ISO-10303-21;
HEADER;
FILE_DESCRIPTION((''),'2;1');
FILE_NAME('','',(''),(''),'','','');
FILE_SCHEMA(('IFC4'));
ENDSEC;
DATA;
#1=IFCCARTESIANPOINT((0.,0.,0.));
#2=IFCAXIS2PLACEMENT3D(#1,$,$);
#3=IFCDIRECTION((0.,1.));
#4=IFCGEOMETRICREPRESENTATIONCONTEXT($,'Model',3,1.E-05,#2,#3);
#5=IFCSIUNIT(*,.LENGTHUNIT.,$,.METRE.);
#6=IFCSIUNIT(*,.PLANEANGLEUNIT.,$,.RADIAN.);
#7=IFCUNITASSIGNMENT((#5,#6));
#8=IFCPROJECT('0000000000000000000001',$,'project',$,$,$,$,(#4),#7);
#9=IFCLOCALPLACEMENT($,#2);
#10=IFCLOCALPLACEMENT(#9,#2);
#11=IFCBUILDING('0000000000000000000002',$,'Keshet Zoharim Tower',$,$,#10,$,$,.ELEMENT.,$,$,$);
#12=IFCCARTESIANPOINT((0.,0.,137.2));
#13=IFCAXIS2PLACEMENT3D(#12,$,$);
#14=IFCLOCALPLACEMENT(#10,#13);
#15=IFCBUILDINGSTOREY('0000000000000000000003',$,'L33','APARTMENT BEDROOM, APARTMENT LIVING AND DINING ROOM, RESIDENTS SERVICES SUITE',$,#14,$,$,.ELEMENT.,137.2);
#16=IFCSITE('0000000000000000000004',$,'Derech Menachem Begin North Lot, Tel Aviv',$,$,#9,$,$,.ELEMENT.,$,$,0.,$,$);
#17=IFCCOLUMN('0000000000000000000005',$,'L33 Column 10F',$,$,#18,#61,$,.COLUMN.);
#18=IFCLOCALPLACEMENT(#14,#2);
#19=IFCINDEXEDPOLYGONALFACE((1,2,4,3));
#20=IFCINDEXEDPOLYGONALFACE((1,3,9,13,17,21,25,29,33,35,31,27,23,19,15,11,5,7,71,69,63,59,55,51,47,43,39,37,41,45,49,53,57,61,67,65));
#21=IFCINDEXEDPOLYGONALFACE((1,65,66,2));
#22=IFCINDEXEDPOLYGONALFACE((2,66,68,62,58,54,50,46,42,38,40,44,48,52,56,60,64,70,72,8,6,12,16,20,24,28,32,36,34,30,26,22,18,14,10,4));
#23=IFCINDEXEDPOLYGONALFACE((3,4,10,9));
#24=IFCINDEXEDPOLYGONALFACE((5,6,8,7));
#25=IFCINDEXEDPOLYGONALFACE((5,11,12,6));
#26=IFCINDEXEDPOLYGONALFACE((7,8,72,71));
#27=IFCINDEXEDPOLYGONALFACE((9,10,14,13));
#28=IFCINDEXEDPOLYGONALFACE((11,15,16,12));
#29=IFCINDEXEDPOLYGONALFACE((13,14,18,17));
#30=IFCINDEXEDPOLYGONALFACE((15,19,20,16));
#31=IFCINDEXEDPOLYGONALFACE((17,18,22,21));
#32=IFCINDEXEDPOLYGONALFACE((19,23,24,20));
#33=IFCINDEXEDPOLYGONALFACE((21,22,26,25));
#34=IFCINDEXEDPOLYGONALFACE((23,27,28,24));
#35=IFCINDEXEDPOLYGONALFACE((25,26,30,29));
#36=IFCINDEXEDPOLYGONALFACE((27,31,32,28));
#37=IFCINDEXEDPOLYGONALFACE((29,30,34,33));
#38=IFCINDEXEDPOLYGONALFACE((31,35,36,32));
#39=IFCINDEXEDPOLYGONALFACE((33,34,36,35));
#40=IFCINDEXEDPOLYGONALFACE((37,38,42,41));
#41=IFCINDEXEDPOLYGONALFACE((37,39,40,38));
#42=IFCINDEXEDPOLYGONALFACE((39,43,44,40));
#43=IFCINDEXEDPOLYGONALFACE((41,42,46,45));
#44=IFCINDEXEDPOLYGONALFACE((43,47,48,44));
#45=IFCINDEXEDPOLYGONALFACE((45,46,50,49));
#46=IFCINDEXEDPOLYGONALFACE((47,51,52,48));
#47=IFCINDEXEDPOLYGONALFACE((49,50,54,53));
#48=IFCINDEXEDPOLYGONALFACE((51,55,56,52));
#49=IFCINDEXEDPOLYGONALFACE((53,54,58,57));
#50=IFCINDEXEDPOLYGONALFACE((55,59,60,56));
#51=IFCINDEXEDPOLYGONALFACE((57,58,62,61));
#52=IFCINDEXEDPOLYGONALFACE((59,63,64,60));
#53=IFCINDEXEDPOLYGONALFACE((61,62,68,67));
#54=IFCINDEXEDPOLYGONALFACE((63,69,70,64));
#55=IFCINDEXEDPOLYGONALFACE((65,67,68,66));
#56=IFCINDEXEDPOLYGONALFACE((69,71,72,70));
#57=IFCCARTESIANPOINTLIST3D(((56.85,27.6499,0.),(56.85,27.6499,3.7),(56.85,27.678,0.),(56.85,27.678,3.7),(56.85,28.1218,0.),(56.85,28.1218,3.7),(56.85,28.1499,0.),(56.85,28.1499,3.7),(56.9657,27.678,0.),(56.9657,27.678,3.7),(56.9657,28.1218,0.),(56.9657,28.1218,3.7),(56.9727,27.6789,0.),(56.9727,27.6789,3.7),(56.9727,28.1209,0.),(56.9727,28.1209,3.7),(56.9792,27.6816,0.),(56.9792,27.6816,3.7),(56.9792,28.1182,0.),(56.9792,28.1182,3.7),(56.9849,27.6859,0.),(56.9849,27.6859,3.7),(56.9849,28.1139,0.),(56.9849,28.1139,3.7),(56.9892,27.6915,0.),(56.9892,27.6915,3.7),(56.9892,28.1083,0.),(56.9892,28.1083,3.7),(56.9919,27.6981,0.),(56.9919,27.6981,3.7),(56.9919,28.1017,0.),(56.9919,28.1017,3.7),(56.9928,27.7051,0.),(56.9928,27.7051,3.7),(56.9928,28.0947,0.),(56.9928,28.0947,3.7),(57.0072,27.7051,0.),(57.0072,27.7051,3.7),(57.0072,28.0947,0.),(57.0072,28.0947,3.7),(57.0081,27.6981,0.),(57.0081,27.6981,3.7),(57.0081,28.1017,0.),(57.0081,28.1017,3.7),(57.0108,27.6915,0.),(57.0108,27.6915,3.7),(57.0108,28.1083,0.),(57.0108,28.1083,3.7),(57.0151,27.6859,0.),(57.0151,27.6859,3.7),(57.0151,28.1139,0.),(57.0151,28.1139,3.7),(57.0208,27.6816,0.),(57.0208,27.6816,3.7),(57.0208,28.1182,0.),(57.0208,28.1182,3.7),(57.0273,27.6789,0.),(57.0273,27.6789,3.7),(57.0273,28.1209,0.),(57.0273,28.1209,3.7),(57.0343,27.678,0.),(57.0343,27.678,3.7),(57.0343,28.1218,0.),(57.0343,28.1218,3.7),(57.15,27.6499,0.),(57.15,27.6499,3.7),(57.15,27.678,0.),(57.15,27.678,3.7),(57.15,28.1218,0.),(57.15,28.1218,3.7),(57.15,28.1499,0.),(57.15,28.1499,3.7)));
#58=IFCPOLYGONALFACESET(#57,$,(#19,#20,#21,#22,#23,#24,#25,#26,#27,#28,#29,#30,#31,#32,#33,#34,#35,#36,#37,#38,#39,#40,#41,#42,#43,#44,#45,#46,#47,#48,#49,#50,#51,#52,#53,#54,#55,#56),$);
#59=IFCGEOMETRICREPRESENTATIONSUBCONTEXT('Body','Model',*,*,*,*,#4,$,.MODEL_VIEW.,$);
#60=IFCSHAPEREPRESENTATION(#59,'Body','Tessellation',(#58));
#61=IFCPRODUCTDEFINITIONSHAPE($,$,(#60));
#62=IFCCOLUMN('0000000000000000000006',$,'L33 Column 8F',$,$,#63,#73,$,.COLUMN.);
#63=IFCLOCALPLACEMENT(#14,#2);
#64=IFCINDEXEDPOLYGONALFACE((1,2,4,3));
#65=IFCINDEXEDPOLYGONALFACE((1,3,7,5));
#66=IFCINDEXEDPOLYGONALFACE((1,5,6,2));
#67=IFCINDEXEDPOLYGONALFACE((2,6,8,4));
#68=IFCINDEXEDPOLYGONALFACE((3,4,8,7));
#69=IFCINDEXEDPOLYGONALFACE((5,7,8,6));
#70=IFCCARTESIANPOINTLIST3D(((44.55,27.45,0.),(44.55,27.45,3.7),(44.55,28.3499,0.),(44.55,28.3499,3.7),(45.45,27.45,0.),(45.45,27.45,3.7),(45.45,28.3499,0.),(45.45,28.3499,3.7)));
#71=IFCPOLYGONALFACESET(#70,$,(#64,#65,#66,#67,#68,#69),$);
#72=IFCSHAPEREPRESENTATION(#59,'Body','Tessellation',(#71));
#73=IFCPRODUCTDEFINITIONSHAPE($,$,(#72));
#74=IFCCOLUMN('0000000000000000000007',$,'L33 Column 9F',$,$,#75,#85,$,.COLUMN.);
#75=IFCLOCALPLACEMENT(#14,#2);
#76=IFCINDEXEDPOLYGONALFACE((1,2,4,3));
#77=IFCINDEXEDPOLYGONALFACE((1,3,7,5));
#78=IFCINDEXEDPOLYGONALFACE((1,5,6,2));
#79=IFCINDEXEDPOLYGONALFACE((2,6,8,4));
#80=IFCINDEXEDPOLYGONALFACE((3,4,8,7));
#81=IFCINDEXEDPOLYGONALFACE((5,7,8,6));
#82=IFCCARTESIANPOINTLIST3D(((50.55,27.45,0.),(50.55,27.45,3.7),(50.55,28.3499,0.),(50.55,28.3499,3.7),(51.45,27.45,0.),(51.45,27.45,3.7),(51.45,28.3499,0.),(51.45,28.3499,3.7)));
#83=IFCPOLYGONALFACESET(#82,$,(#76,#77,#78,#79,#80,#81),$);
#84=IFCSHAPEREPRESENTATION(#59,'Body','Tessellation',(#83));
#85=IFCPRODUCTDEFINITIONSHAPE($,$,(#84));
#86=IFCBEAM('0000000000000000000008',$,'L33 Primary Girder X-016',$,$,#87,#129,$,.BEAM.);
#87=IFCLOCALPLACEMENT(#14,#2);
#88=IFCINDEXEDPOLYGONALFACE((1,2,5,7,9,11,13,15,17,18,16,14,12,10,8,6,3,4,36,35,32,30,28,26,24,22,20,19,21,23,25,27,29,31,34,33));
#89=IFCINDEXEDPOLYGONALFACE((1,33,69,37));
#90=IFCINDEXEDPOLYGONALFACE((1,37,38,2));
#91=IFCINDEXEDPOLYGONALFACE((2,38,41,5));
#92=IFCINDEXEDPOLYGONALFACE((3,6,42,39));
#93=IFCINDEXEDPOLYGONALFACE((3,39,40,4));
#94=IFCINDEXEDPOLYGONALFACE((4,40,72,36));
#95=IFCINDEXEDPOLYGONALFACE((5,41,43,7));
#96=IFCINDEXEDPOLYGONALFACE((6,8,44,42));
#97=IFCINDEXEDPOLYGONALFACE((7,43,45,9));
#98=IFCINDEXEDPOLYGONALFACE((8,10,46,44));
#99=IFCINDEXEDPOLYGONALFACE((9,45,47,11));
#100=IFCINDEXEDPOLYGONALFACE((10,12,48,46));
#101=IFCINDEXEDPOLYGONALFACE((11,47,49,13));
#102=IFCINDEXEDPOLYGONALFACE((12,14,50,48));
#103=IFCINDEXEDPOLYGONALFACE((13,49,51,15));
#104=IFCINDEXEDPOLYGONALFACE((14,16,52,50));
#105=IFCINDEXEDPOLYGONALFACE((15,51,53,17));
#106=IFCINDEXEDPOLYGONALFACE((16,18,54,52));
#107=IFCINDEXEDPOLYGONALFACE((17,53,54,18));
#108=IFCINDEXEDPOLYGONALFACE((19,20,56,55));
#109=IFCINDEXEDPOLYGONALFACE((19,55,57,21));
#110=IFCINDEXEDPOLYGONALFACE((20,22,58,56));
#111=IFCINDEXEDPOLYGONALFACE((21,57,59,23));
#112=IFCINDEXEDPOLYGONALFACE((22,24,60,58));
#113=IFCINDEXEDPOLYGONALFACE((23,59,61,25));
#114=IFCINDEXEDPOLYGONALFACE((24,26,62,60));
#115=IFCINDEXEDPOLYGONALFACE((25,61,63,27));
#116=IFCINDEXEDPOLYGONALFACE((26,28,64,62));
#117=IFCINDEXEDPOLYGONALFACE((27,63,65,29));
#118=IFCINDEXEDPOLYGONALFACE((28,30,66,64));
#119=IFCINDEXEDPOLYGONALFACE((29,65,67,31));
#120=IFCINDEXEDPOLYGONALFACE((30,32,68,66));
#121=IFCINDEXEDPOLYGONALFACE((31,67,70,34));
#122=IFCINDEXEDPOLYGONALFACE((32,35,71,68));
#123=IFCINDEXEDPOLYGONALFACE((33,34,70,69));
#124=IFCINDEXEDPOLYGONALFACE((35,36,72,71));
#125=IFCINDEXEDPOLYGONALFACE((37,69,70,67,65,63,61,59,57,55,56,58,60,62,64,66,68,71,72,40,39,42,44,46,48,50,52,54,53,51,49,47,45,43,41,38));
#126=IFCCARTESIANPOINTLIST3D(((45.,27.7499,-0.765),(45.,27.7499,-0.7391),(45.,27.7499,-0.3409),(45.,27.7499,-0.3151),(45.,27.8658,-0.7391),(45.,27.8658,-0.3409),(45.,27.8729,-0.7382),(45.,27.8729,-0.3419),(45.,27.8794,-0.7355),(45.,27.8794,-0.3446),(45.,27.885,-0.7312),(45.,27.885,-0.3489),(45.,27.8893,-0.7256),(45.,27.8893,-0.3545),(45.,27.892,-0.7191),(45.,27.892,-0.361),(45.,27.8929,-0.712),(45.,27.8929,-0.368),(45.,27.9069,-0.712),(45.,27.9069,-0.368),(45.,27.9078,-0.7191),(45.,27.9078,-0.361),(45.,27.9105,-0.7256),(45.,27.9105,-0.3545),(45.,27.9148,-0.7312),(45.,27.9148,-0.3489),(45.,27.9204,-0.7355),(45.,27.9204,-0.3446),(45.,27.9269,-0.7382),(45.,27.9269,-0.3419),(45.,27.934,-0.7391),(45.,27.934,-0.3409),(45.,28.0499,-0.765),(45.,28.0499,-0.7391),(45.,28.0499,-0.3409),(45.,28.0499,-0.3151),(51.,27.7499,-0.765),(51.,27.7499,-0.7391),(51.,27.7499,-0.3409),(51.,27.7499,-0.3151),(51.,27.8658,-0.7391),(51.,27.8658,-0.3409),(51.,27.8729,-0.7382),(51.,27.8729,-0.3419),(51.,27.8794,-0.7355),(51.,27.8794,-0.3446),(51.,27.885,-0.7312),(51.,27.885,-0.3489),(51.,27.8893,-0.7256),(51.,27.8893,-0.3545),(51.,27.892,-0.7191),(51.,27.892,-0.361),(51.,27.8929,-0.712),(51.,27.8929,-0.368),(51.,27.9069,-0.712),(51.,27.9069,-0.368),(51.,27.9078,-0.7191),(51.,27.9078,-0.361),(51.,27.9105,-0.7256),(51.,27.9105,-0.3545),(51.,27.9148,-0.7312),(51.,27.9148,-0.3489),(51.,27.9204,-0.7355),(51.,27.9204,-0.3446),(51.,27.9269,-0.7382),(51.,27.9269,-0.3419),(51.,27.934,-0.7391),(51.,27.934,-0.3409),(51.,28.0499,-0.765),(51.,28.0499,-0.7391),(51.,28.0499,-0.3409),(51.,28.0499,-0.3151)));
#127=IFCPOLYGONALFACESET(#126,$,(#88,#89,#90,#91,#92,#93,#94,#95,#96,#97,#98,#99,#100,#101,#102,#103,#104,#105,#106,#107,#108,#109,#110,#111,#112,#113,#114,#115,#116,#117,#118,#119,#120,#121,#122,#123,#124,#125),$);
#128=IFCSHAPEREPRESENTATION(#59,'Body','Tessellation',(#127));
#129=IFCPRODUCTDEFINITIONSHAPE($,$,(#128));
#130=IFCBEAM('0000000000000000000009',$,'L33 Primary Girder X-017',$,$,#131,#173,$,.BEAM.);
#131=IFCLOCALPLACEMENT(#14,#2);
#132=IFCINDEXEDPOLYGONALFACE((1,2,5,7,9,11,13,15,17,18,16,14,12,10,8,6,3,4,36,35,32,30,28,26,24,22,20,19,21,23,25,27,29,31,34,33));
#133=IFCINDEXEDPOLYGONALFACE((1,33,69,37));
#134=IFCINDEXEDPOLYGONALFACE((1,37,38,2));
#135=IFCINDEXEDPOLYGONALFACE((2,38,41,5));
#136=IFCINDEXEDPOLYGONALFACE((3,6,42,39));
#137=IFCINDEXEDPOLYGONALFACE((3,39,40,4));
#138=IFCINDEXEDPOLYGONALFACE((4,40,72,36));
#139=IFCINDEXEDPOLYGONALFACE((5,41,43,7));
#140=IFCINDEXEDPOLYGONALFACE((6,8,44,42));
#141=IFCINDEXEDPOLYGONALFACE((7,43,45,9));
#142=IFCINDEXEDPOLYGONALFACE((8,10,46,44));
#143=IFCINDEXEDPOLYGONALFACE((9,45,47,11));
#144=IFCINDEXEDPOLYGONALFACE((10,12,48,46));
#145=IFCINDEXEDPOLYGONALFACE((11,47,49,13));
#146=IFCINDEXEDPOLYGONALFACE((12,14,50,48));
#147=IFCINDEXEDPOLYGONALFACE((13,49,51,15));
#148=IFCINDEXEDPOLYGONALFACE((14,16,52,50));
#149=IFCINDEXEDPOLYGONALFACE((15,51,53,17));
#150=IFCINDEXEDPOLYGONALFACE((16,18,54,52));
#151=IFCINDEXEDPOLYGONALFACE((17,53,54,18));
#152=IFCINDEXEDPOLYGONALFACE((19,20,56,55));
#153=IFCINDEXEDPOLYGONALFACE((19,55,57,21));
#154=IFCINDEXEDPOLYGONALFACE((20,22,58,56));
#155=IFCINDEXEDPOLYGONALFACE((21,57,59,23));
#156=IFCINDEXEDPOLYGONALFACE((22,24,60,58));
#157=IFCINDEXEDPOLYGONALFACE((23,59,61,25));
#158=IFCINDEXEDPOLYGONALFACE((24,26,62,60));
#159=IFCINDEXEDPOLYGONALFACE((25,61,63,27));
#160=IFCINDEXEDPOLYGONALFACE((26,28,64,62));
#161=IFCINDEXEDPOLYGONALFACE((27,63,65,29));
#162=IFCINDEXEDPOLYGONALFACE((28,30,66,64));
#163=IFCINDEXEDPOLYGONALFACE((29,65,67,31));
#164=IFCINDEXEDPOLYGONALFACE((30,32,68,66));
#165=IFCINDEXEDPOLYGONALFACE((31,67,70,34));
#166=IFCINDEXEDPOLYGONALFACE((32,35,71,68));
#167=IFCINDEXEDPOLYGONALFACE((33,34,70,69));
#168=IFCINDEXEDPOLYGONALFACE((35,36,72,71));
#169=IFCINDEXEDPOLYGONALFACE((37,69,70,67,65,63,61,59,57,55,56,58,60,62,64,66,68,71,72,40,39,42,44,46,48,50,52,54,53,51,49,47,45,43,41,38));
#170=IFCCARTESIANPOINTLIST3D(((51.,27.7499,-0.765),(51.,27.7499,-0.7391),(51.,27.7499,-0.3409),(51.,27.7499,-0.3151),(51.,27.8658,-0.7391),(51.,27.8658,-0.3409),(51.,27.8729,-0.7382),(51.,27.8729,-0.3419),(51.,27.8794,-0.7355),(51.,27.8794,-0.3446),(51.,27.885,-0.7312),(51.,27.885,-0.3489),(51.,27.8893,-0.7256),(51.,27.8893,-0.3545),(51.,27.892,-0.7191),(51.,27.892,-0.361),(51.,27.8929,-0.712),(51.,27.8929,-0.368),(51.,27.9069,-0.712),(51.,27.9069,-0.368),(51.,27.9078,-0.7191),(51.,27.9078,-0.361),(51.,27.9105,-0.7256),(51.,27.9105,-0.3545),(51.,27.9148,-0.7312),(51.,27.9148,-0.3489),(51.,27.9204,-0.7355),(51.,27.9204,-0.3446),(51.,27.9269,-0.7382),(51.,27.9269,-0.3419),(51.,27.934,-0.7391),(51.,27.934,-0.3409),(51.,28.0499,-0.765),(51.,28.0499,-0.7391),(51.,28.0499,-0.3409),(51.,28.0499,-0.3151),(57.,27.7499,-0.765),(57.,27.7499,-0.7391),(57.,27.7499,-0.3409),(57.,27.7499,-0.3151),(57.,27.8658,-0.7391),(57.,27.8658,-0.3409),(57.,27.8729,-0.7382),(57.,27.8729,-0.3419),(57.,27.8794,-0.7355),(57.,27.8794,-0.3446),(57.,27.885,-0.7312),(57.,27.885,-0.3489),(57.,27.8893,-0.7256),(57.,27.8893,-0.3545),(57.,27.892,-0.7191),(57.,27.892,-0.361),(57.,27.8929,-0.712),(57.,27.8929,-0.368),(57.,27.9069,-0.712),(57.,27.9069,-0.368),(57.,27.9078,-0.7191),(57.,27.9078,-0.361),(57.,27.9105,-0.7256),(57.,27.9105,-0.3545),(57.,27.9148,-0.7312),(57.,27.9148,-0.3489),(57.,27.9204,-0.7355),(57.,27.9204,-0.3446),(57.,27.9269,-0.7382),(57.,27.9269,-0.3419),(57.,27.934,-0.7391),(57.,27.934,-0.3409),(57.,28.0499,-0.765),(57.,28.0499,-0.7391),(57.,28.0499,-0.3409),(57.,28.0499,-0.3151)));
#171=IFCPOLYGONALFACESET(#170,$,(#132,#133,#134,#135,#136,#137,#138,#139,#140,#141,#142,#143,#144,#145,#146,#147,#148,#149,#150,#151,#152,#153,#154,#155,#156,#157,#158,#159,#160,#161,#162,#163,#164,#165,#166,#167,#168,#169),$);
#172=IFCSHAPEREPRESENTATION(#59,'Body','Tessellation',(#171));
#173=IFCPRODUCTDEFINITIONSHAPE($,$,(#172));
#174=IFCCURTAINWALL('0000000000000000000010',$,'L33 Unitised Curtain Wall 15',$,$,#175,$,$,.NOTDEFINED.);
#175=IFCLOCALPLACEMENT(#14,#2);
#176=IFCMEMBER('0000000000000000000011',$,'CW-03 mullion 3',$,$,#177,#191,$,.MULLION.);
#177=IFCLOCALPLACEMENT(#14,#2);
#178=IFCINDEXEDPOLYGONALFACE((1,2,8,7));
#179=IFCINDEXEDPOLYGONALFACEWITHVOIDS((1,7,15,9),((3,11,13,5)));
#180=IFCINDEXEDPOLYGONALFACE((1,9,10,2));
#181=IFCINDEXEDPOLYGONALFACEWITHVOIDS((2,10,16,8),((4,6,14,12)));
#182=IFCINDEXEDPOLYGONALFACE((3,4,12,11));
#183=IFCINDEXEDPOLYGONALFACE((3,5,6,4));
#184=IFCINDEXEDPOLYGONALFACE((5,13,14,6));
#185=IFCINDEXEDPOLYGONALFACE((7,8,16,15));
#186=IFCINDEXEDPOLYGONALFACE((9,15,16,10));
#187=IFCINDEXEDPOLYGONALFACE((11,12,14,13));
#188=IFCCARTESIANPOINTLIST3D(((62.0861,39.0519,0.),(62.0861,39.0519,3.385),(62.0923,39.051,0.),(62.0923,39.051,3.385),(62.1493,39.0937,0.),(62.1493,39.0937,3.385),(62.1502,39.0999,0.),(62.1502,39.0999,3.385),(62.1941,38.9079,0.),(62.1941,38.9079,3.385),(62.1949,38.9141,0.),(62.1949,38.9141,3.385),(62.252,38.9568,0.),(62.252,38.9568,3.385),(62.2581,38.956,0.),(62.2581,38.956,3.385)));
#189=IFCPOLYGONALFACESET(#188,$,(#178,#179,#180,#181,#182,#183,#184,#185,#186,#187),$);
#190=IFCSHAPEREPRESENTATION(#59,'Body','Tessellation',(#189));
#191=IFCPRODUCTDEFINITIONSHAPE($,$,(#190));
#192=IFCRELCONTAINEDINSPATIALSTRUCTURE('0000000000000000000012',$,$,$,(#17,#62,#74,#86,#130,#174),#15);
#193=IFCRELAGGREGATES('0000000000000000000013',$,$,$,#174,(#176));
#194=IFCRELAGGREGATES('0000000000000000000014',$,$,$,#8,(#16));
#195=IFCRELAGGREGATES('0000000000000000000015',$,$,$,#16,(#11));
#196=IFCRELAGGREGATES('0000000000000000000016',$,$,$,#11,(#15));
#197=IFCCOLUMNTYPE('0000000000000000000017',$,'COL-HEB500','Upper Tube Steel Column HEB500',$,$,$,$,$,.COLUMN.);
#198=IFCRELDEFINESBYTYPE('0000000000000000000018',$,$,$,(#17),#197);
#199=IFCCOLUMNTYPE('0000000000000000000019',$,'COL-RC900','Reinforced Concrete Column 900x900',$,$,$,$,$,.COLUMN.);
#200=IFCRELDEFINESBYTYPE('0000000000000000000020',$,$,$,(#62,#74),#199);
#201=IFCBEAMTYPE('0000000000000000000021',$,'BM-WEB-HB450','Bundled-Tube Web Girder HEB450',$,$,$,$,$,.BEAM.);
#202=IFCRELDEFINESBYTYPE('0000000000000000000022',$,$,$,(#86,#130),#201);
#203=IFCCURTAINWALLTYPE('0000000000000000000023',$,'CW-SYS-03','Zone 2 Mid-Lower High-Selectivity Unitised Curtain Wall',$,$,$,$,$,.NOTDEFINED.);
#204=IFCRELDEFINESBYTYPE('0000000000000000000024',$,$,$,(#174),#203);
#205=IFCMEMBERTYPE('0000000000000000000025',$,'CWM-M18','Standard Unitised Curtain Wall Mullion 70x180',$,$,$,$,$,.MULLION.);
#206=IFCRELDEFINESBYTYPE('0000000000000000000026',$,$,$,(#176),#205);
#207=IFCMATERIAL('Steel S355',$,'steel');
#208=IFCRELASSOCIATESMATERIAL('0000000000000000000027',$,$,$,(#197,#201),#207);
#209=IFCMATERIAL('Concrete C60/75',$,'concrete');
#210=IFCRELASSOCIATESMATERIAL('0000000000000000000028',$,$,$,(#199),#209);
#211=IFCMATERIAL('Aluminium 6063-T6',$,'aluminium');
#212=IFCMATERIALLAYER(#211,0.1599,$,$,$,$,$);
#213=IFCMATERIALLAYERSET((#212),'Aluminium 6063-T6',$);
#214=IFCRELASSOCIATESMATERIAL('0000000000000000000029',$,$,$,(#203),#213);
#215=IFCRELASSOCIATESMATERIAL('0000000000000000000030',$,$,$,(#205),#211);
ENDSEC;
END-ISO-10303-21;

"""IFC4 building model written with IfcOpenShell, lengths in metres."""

from ifc_helpers import new_model, si_unit, direction, frame, origin, origin_2d, place, context, subcontext, project, spatial, rectangle, hollow_rectangle, i_section, extrude, material, layer, layer_set, material_profile, profile_set, type_object, element, aggregate, save


model = new_model("IFC4")

# Units and contexts
model_context = context("Model", 3, precision=1e-05, world=origin(), true_north=direction((0.0, 1.0)))
body_context = subcontext(model_context, "Body", "Model", "MODEL_VIEW")
ifc_project = project(units=[si_unit("LENGTHUNIT", "METRE"), si_unit("PLANEANGLEUNIT", "RADIAN")], contexts=[model_context])

# Site, building, storey
site_placement = place(None, origin())
site = spatial("IfcSite", under=ifc_project, at=site_placement, Name="Derech Menachem Begin North Lot, Tel Aviv", CompositionType="ELEMENT", RefElevation=0.0)
building_placement = place(site_placement, origin())
building = spatial("IfcBuilding", under=site, at=building_placement, Name="Keshet Zoharim Tower", CompositionType="ELEMENT")
storey_placement = place(building_placement, frame((0.0, 0.0, 137.2)))
storey = spatial("IfcBuildingStorey", under=building, at=storey_placement, Name="L33", Description="APARTMENT BEDROOM, APARTMENT LIVING AND DINING ROOM, RESIDENTS SERVICES SUITE", CompositionType="ELEMENT", Elevation=137.2)

# Columns
ifc_material_1 = material(Name="Steel S355", Category="steel")
ifc_material_profile_1 = material_profile(ifc_material_1, i_section(OverallWidth=0.3, OverallDepth=0.5, WebThickness=0.0144, FlangeThickness=0.0281, FilletRadius=0.0271, at=origin_2d()), Name="HEB500")
ifc_profile_set_1 = profile_set([ifc_material_profile_1], Name="Steel S355")
column_type_1 = type_object("IfcColumnType", Name="COL-HEB500", Description="Upper Tube Steel Column HEB500", PredefinedType="COLUMN", material=ifc_profile_set_1)
column_placement = place(storey_placement, frame((57.0, 27.8999, 0.0), z_axis=(0.0, 0.0, 1.0), x_axis=(1.0, 0.0, 0.0)))
element("IfcColumn", 1, at=column_placement, inside=storey, type_object=column_type_1, Name="L33 Column 10F", PredefinedType="COLUMN", context=body_context, shape_type="SweptSolid", body=[
    extrude(i_section(OverallWidth=0.3, OverallDepth=0.5, WebThickness=0.0144, FlangeThickness=0.0281, FilletRadius=0.0271, at=origin_2d()), origin(), (0.0, 0.0, 1.0), 3.7),
])
ifc_material_2 = material(Name="Concrete C60/75", Category="concrete")
ifc_material_profile_2 = material_profile(ifc_material_2, rectangle(XDim=0.8999, YDim=0.8999, at=origin_2d()), Name="RC900x900")
ifc_profile_set_2 = profile_set([ifc_material_profile_2], Name="Concrete C60/75")
column_type_2 = type_object("IfcColumnType", Name="COL-RC900", Description="Reinforced Concrete Column 900x900", PredefinedType="COLUMN", material=ifc_profile_set_2)
for number, where, z_axis, x_axis, name in (
    (2, (45.0, 27.8999, 0.0), (0.0, 0.0, 1.0), (1.0, 0.0, 0.0), "L33 Column 8F"),
    (3, (51.0, 27.8999, 0.0), (0.0, 0.0, 1.0), (1.0, 0.0, 0.0), "L33 Column 9F"),
):
    element("IfcColumn", number, at=place(storey_placement, frame(where, z_axis=z_axis, x_axis=x_axis)), inside=storey, type_object=column_type_2, Name=name, PredefinedType="COLUMN", context=body_context, shape_type="SweptSolid", body=[
        extrude(rectangle(XDim=0.8999, YDim=0.8999, at=origin_2d()), origin(), (0.0, 0.0, 1.0), 3.7),
    ])

# Beams
ifc_material_profile_3 = material_profile(ifc_material_1, i_section(OverallWidth=0.3, OverallDepth=0.45, WebThickness=0.0139, FlangeThickness=0.0259, FilletRadius=0.0271, at=origin_2d()), Name="HEB450")
ifc_profile_set_3 = profile_set([ifc_material_profile_3], Name="Steel S355")
beam_type = type_object("IfcBeamType", Name="BM-WEB-HB450", Description="Bundled-Tube Web Girder HEB450", PredefinedType="BEAM", material=ifc_profile_set_3)
for number, where, z_axis, x_axis, name in (
    (4, (45.0, 27.8999, -0.54), (1.0, 0.0, 0.0), (0.0, 1.0, 0.0), "L33 Primary Girder X-016"),
    (5, (51.0, 27.8999, -0.54), (1.0, 0.0, 0.0), (0.0, 1.0, 0.0), "L33 Primary Girder X-017"),
):
    element("IfcBeam", number, at=place(storey_placement, frame(where, z_axis=z_axis, x_axis=x_axis)), inside=storey, type_object=beam_type, Name=name, PredefinedType="BEAM", context=body_context, shape_type="SweptSolid", body=[
        extrude(i_section(OverallWidth=0.3, OverallDepth=0.45, WebThickness=0.0139, FlangeThickness=0.0259, FilletRadius=0.0271, at=origin_2d()), origin(), (0.0, 0.0, 1.0), 6.0),
    ])

# Curtain wall, member
ifc_material_3 = material(Name="Aluminium 6063-T6", Category="aluminium")
ifc_layer_1 = layer(ifc_material_3, 0.1599)
ifc_layer_set_1 = layer_set([ifc_layer_1], Name="Aluminium 6063-T6")
curtain_wall_type = type_object("IfcCurtainWallType", Name="CW-SYS-03", Description="Zone 2 Mid-Lower High-Selectivity Unitised Curtain Wall", PredefinedType="NOTDEFINED", material=ifc_layer_set_1)
curtain_wall_1_placement = place(storey_placement, origin())
curtain_wall_1 = element("IfcCurtainWall", 6, at=curtain_wall_1_placement, inside=storey, type_object=curtain_wall_type, Name="L33 Unitised Curtain Wall 15", PredefinedType="NOTDEFINED")
ifc_material_profile_4 = material_profile(ifc_material_3, hollow_rectangle(XDim=0.0801, YDim=0.1799, WallThickness=0.0044, at=origin_2d()), Name="MUL-80x180")
ifc_profile_set_4 = profile_set([ifc_material_profile_4], Name="Aluminium 6063-T6")
member_type_1 = type_object("IfcMemberType", Name="CWM-M18", Description="Standard Unitised Curtain Wall Mullion 70x180", PredefinedType="MULLION", material=ifc_profile_set_4)
member_1_placement = place(storey_placement, frame((62.1721, 39.0039, 0.0), z_axis=(0.0, 0.0, 1.0), x_axis=(0.8, 0.6, 0.0)))
member_1 = element("IfcMember", 7, at=member_1_placement, type_object=member_type_1, Name="CW-03 mullion 3", PredefinedType="MULLION", context=body_context, shape_type="SweptSolid", body=[
    extrude(hollow_rectangle(XDim=0.0801, YDim=0.1799, WallThickness=0.0044, at=origin_2d()), origin(), (0.0, 0.0, 1.0), 3.385),
])
aggregate(curtain_wall_1, [member_1])

save(model, "model.ifc")
